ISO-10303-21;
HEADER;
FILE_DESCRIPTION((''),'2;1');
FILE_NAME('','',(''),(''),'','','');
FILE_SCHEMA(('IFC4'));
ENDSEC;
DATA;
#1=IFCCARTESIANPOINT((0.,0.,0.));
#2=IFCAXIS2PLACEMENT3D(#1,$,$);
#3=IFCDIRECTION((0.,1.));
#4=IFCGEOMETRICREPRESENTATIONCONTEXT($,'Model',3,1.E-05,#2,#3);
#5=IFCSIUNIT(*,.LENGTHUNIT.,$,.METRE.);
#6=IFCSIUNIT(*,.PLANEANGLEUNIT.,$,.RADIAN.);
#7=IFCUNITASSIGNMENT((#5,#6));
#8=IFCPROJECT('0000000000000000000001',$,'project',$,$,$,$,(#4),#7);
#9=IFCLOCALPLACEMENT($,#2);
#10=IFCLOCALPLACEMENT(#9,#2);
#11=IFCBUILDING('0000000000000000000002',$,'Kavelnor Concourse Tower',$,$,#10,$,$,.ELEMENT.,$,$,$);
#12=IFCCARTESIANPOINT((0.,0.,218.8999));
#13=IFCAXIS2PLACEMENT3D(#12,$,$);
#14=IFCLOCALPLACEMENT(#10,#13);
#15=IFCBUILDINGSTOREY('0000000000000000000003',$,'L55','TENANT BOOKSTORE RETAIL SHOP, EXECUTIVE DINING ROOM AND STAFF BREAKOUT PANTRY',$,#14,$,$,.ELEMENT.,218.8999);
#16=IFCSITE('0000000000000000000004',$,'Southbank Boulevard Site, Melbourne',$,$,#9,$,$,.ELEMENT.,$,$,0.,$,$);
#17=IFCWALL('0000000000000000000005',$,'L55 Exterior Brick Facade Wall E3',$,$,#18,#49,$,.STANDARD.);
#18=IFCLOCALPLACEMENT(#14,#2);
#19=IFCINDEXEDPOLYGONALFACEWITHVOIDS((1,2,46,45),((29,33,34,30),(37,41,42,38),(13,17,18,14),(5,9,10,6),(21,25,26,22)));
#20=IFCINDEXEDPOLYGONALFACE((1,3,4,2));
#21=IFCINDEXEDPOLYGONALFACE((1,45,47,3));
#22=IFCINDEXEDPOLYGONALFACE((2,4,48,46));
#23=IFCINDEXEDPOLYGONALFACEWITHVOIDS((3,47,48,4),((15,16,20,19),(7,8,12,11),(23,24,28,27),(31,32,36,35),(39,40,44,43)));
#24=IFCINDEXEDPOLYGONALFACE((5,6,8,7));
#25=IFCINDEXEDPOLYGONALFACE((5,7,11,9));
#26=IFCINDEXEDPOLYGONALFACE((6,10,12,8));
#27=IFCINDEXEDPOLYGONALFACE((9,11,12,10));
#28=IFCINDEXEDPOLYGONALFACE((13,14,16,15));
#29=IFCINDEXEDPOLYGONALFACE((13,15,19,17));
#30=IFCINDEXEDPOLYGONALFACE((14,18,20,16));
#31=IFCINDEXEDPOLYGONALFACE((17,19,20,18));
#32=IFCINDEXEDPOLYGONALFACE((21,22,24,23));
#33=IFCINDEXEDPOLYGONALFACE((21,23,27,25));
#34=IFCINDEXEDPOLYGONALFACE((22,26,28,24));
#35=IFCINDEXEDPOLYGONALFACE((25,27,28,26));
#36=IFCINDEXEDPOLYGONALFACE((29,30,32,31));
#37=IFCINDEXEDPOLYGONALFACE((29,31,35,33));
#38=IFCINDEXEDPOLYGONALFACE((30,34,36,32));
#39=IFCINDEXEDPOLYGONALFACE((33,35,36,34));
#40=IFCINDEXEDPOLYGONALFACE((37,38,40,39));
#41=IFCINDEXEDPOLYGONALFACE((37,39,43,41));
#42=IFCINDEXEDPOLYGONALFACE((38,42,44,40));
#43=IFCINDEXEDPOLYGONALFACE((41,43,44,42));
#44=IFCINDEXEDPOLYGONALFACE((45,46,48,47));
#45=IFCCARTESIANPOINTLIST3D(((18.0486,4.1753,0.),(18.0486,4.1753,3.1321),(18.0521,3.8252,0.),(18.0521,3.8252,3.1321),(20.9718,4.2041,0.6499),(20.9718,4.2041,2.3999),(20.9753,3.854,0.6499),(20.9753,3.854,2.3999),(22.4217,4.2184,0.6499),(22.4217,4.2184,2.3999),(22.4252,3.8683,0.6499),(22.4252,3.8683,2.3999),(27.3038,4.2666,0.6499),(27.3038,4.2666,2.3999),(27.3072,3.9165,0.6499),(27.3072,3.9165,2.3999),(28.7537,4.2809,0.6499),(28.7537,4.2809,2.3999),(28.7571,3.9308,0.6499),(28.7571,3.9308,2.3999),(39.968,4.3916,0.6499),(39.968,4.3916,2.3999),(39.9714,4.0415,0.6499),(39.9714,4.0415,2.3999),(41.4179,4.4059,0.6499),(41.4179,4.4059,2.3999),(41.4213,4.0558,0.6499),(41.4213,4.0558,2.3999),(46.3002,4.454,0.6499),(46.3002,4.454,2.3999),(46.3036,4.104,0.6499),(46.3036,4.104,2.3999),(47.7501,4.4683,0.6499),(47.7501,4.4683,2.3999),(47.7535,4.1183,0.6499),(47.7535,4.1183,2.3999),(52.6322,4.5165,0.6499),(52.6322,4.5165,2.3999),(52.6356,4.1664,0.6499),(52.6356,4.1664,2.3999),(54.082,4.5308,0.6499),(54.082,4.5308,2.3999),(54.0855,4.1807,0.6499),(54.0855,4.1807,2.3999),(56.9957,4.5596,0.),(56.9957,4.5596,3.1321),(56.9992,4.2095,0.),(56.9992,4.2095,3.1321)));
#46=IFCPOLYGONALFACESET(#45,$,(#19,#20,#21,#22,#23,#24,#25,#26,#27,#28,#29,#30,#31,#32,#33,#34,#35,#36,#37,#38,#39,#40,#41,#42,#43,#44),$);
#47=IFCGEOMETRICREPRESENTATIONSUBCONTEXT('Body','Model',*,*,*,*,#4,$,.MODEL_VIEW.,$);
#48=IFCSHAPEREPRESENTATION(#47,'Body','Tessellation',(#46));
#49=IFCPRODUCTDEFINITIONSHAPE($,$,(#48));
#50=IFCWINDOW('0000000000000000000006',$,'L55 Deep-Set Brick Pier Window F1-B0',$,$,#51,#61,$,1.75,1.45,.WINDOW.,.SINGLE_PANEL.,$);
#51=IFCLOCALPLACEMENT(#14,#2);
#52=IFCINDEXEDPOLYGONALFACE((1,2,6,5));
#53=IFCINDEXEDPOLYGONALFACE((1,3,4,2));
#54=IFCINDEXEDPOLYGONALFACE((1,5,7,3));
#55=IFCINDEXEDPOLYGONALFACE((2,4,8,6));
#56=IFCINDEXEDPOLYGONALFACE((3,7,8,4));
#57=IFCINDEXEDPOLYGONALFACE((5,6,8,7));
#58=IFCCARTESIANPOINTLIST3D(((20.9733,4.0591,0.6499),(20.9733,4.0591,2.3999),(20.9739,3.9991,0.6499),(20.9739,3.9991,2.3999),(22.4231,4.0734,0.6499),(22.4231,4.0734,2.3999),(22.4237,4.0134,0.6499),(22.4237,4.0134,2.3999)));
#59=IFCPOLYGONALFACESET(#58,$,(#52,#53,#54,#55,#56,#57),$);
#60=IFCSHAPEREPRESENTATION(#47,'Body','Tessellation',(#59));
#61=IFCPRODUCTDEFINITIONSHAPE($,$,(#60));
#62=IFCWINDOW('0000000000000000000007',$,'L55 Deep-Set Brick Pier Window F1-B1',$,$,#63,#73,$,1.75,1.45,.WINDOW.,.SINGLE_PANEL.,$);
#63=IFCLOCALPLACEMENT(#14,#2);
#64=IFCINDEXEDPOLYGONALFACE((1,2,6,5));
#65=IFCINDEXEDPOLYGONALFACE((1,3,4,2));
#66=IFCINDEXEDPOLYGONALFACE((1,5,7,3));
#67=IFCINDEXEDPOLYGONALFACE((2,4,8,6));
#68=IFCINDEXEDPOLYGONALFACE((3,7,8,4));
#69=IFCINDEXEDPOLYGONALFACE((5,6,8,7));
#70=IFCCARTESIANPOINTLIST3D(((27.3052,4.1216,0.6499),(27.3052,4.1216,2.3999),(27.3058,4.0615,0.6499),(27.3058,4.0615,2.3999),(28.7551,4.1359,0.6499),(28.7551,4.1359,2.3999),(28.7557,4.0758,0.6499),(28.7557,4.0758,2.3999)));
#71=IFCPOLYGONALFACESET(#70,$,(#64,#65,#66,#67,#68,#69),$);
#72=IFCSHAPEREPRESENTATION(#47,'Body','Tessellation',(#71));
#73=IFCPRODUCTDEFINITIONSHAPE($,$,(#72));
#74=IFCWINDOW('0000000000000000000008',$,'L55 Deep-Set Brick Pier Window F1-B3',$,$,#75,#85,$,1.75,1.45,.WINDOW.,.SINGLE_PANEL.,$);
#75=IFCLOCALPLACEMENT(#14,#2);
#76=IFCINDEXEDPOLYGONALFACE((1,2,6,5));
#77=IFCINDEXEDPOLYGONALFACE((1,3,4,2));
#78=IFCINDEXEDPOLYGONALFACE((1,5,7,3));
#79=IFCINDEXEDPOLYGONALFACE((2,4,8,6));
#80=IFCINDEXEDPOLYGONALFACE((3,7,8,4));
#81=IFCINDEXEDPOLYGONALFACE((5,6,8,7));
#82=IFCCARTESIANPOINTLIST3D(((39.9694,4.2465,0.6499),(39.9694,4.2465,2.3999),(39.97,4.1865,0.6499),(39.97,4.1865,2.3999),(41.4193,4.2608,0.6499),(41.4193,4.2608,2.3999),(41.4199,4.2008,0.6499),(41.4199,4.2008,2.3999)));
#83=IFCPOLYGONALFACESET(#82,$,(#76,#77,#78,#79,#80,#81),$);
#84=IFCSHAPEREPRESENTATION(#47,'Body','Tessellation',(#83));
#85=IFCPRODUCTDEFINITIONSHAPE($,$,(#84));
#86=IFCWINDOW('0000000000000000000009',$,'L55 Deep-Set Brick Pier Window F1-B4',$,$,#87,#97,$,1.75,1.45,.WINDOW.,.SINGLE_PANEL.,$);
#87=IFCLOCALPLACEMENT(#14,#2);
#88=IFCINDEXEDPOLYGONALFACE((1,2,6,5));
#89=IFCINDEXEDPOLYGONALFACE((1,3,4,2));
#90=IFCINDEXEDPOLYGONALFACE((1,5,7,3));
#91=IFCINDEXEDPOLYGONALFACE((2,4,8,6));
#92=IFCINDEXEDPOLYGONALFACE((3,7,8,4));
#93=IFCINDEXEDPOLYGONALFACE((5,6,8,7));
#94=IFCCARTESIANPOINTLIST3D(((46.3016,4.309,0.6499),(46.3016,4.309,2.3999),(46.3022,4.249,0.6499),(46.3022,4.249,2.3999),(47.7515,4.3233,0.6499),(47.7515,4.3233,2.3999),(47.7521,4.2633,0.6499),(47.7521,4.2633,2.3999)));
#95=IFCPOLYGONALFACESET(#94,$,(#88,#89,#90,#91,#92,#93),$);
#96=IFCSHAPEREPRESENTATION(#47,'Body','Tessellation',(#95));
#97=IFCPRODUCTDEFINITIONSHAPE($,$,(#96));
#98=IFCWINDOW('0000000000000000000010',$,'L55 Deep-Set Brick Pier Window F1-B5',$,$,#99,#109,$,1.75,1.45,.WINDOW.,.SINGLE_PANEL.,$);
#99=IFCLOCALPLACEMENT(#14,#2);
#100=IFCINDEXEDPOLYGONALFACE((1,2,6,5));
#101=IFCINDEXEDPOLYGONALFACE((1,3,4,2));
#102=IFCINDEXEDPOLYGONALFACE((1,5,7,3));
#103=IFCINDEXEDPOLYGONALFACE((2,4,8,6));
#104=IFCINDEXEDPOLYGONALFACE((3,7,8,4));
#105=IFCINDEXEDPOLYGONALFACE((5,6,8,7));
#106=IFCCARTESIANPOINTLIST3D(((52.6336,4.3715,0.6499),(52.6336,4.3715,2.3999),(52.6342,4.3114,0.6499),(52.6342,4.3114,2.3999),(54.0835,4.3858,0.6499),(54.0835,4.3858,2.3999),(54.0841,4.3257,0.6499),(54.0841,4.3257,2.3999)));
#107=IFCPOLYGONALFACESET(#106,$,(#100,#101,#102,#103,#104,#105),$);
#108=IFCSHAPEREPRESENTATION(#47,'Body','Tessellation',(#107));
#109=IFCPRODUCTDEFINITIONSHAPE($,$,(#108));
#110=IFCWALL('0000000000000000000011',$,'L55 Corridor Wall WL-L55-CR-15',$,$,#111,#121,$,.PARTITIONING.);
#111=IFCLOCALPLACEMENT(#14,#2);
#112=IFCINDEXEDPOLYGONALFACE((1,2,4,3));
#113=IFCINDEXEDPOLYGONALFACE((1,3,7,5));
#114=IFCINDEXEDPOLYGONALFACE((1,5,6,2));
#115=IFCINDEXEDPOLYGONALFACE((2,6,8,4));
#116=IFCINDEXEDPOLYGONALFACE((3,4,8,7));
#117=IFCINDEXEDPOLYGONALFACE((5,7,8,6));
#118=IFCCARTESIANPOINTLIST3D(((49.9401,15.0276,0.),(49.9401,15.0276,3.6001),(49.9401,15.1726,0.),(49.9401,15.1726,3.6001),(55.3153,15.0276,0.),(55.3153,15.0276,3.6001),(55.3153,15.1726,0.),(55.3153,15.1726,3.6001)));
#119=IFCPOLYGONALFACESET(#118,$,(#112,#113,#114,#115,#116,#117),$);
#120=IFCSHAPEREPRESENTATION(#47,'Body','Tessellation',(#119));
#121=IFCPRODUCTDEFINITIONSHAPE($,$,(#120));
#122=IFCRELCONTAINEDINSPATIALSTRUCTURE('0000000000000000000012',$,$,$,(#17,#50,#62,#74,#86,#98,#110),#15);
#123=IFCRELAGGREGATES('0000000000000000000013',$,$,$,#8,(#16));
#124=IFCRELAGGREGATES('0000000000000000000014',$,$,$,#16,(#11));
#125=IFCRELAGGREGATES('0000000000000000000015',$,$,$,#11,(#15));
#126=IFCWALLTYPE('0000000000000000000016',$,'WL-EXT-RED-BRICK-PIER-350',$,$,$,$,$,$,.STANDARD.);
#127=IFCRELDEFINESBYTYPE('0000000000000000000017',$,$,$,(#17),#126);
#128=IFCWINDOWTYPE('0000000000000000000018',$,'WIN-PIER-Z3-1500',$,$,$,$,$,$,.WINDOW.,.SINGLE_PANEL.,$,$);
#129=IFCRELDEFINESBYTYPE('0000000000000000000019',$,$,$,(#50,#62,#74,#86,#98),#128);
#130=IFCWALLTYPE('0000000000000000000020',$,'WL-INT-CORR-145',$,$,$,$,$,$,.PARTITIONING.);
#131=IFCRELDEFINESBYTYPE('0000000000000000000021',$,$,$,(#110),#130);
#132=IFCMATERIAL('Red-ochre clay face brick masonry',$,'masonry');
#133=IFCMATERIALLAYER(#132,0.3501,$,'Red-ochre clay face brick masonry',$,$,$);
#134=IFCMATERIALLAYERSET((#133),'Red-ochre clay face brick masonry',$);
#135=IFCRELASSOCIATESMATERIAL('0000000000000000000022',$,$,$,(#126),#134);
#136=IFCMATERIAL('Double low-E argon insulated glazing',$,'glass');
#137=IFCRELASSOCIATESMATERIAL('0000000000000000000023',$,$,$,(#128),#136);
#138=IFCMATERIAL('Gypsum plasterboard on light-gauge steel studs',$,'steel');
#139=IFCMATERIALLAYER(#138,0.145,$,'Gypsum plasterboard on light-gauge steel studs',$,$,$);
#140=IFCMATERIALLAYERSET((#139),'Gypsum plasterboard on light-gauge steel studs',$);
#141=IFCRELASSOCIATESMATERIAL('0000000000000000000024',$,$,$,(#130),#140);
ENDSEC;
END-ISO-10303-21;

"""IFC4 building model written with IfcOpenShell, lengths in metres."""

from ifc_helpers import new_model, si_unit, direction, frame, frame_2d, origin, place, context, subcontext, project, spatial, rectangle, extrude, material, layer, layer_set, type_object, element, fill, save


model = new_model("IFC4")

# Units and contexts
model_context = context("Model", 3, precision=1e-05, world=origin(), true_north=direction((0.0, 1.0)))
body_context = subcontext(model_context, "Body", "Model", "MODEL_VIEW")
ifc_project = project(units=[si_unit("LENGTHUNIT", "METRE"), si_unit("PLANEANGLEUNIT", "RADIAN")], contexts=[model_context])

# Site, building, storey
site_placement = place(None, origin())
site = spatial("IfcSite", under=ifc_project, at=site_placement, Name="Southbank Boulevard Site, Melbourne", CompositionType="ELEMENT", RefElevation=0.0)
building_placement = place(site_placement, origin())
building = spatial("IfcBuilding", under=site, at=building_placement, Name="Kavelnor Concourse Tower", CompositionType="ELEMENT")
storey_placement = place(building_placement, frame((0.0, 0.0, 218.8999)))
storey = spatial("IfcBuildingStorey", under=building, at=storey_placement, Name="L55", Description="TENANT BOOKSTORE RETAIL SHOP, EXECUTIVE DINING ROOM AND STAFF BREAKOUT PANTRY", CompositionType="ELEMENT", Elevation=218.8999)

# Shared definitions
ifc_material_1 = material(Name="Double low-E argon insulated glazing", Category="glass")

# Wall, openings, windows
ifc_material_2 = material(Name="Red-ochre clay face brick masonry", Category="masonry")
ifc_layer_1 = layer(ifc_material_2, 0.3501, Name="Red-ochre clay face brick masonry")
ifc_layer_set_1 = layer_set([ifc_layer_1], Name="Red-ochre clay face brick masonry")
wall_type_1 = type_object("IfcWallType", Name="WL-EXT-RED-BRICK-PIER-350", PredefinedType="STANDARD", material=ifc_layer_set_1)
wall_1_placement = place(storey_placement, frame((56.9976, 4.3845, 0.0), z_axis=(0.0, 0.0, 1.0), x_axis=(-0.999951, -0.009866, 0.0)))
wall_1 = element("IfcWall", 1, at=wall_1_placement, inside=storey, type_object=wall_type_1, Name="L55 Exterior Brick Facade Wall E3", PredefinedType="STANDARD", context=body_context, shape_type="SweptSolid", body=[
    extrude(rectangle(XDim=38.949, YDim=0.3501, at=frame_2d((19.4746, 0.0))), origin(), (0.0, 0.0, 1.0), 3.1321),
])
opening_1_placement = place(wall_1_placement, frame((34.5757, 0.0, 0.6499)))
opening_1 = element("IfcOpeningElement", 2, at=opening_1_placement, cuts=wall_1, PredefinedType="OPENING", context=body_context, shape_type="SweptSolid", body=[
    extrude(rectangle(XDim=1.45, YDim=1.75, at=frame_2d((0.7251, 0.875))), frame((0.0, 0.1851, 0.0), z_axis=(0.0, -1.0, 0.0), x_axis=(1.0, 0.0, 0.0)), (0.0, 0.0, 1.0), 0.3701),
])
opening_2_placement = place(wall_1_placement, frame((28.2434, 0.0, 0.6499)))
opening_2 = element("IfcOpeningElement", 3, at=opening_2_placement, cuts=wall_1, PredefinedType="OPENING", context=body_context, shape_type="SweptSolid", body=[
    extrude(rectangle(XDim=1.45, YDim=1.75, at=frame_2d((0.7251, 0.875))), frame((0.0, 0.1851, 0.0), z_axis=(0.0, -1.0, 0.0), x_axis=(1.0, 0.0, 0.0)), (0.0, 0.0, 1.0), 0.3701),
])
opening_3_placement = place(wall_1_placement, frame((15.5786, 0.0, 0.6499)))
opening_3 = element("IfcOpeningElement", 4, at=opening_3_placement, cuts=wall_1, PredefinedType="OPENING", context=body_context, shape_type="SweptSolid", body=[
    extrude(rectangle(XDim=1.45, YDim=1.75, at=frame_2d((0.7251, 0.875))), frame((0.0, 0.1851, 0.0), z_axis=(0.0, -1.0, 0.0), x_axis=(1.0, 0.0, 0.0)), (0.0, 0.0, 1.0), 0.3701),
])
opening_4_placement = place(wall_1_placement, frame((9.2461, 0.0, 0.6499)))
opening_4 = element("IfcOpeningElement", 5, at=opening_4_placement, cuts=wall_1, PredefinedType="OPENING", context=body_context, shape_type="SweptSolid", body=[
    extrude(rectangle(XDim=1.45, YDim=1.75, at=frame_2d((0.7251, 0.875))), frame((0.0, 0.1851, 0.0), z_axis=(0.0, -1.0, 0.0), x_axis=(1.0, 0.0, 0.0)), (0.0, 0.0, 1.0), 0.3701),
])
opening_5_placement = place(wall_1_placement, frame((2.9138, 0.0, 0.6499)))
opening_5 = element("IfcOpeningElement", 6, at=opening_5_placement, cuts=wall_1, PredefinedType="OPENING", context=body_context, shape_type="SweptSolid", body=[
    extrude(rectangle(XDim=1.45, YDim=1.75, at=frame_2d((0.7251, 0.875))), frame((0.0, 0.1851, 0.0), z_axis=(0.0, -1.0, 0.0), x_axis=(1.0, 0.0, 0.0)), (0.0, 0.0, 1.0), 0.3701),
])
window_type_1 = type_object("IfcWindowType", Name="WIN-PIER-Z3-1500", PartitioningType="SINGLE_PANEL", PredefinedType="WINDOW", material=ifc_material_1)
window_1_placement = place(opening_1_placement, origin())
window_1 = element("IfcWindow", 7, at=window_1_placement, inside=storey, type_object=window_type_1, Name="L55 Deep-Set Brick Pier Window F1-B0", OverallHeight=1.75, OverallWidth=1.45, PartitioningType="SINGLE_PANEL", PredefinedType="WINDOW", context=body_context, shape_type="SweptSolid", body=[
    extrude(rectangle(XDim=1.45, YDim=1.75, at=frame_2d((0.7251, 0.875))), frame((0.0, 0.03, 0.0), z_axis=(0.0, -1.0, 0.0), x_axis=(1.0, 0.0, 0.0)), (0.0, 0.0, 1.0), 0.0601),
])
fill(opening_1, window_1)
window_2_placement = place(opening_2_placement, origin())
window_2 = element("IfcWindow", 8, at=window_2_placement, inside=storey, type_object=window_type_1, Name="L55 Deep-Set Brick Pier Window F1-B1", OverallHeight=1.75, OverallWidth=1.45, PartitioningType="SINGLE_PANEL", PredefinedType="WINDOW", context=body_context, shape_type="SweptSolid", body=[
    extrude(rectangle(XDim=1.45, YDim=1.75, at=frame_2d((0.7251, 0.875))), frame((0.0, 0.03, 0.0), z_axis=(0.0, -1.0, 0.0), x_axis=(1.0, 0.0, 0.0)), (0.0, 0.0, 1.0), 0.0601),
])
fill(opening_2, window_2)
window_3_placement = place(opening_3_placement, origin())
window_3 = element("IfcWindow", 9, at=window_3_placement, inside=storey, type_object=window_type_1, Name="L55 Deep-Set Brick Pier Window F1-B3", OverallHeight=1.75, OverallWidth=1.45, PartitioningType="SINGLE_PANEL", PredefinedType="WINDOW", context=body_context, shape_type="SweptSolid", body=[
    extrude(rectangle(XDim=1.45, YDim=1.75, at=frame_2d((0.7251, 0.875))), frame((0.0, 0.03, 0.0), z_axis=(0.0, -1.0, 0.0), x_axis=(1.0, 0.0, 0.0)), (0.0, 0.0, 1.0), 0.0601),
])
fill(opening_3, window_3)
window_4_placement = place(opening_4_placement, origin())
window_4 = element("IfcWindow", 10, at=window_4_placement, inside=storey, type_object=window_type_1, Name="L55 Deep-Set Brick Pier Window F1-B4", OverallHeight=1.75, OverallWidth=1.45, PartitioningType="SINGLE_PANEL", PredefinedType="WINDOW", context=body_context, shape_type="SweptSolid", body=[
    extrude(rectangle(XDim=1.45, YDim=1.75, at=frame_2d((0.7251, 0.875))), frame((0.0, 0.03, 0.0), z_axis=(0.0, -1.0, 0.0), x_axis=(1.0, 0.0, 0.0)), (0.0, 0.0, 1.0), 0.0601),
])
fill(opening_4, window_4)
window_5_placement = place(opening_5_placement, origin())
window_5 = element("IfcWindow", 11, at=window_5_placement, inside=storey, type_object=window_type_1, Name="L55 Deep-Set Brick Pier Window F1-B5", OverallHeight=1.75, OverallWidth=1.45, PartitioningType="SINGLE_PANEL", PredefinedType="WINDOW", context=body_context, shape_type="SweptSolid", body=[
    extrude(rectangle(XDim=1.45, YDim=1.75, at=frame_2d((0.7251, 0.875))), frame((0.0, 0.03, 0.0), z_axis=(0.0, -1.0, 0.0), x_axis=(1.0, 0.0, 0.0)), (0.0, 0.0, 1.0), 0.0601),
])
fill(opening_5, window_5)

# Wall
ifc_material_3 = material(Name="Gypsum plasterboard on light-gauge steel studs", Category="steel")
ifc_layer_2 = layer(ifc_material_3, 0.145, Name="Gypsum plasterboard on light-gauge steel studs")
ifc_layer_set_2 = layer_set([ifc_layer_2], Name="Gypsum plasterboard on light-gauge steel studs")
wall_type_2 = type_object("IfcWallType", Name="WL-INT-CORR-145", PredefinedType="PARTITIONING", material=ifc_layer_set_2)
wall_2_placement = place(storey_placement, frame((55.3152, 15.1001, 0.0), z_axis=(0.0, 0.0, 1.0), x_axis=(-1.0, 0.0, 0.0)))
element("IfcWall", 12, at=wall_2_placement, inside=storey, type_object=wall_type_2, Name="L55 Corridor Wall WL-L55-CR-15", PredefinedType="PARTITIONING", context=body_context, shape_type="SweptSolid", body=[
    extrude(rectangle(XDim=5.3752, YDim=0.145, at=frame_2d((2.6875, 0.0))), origin(), (0.0, 0.0, 1.0), 3.6001),
])

save(model, "model.ifc")
